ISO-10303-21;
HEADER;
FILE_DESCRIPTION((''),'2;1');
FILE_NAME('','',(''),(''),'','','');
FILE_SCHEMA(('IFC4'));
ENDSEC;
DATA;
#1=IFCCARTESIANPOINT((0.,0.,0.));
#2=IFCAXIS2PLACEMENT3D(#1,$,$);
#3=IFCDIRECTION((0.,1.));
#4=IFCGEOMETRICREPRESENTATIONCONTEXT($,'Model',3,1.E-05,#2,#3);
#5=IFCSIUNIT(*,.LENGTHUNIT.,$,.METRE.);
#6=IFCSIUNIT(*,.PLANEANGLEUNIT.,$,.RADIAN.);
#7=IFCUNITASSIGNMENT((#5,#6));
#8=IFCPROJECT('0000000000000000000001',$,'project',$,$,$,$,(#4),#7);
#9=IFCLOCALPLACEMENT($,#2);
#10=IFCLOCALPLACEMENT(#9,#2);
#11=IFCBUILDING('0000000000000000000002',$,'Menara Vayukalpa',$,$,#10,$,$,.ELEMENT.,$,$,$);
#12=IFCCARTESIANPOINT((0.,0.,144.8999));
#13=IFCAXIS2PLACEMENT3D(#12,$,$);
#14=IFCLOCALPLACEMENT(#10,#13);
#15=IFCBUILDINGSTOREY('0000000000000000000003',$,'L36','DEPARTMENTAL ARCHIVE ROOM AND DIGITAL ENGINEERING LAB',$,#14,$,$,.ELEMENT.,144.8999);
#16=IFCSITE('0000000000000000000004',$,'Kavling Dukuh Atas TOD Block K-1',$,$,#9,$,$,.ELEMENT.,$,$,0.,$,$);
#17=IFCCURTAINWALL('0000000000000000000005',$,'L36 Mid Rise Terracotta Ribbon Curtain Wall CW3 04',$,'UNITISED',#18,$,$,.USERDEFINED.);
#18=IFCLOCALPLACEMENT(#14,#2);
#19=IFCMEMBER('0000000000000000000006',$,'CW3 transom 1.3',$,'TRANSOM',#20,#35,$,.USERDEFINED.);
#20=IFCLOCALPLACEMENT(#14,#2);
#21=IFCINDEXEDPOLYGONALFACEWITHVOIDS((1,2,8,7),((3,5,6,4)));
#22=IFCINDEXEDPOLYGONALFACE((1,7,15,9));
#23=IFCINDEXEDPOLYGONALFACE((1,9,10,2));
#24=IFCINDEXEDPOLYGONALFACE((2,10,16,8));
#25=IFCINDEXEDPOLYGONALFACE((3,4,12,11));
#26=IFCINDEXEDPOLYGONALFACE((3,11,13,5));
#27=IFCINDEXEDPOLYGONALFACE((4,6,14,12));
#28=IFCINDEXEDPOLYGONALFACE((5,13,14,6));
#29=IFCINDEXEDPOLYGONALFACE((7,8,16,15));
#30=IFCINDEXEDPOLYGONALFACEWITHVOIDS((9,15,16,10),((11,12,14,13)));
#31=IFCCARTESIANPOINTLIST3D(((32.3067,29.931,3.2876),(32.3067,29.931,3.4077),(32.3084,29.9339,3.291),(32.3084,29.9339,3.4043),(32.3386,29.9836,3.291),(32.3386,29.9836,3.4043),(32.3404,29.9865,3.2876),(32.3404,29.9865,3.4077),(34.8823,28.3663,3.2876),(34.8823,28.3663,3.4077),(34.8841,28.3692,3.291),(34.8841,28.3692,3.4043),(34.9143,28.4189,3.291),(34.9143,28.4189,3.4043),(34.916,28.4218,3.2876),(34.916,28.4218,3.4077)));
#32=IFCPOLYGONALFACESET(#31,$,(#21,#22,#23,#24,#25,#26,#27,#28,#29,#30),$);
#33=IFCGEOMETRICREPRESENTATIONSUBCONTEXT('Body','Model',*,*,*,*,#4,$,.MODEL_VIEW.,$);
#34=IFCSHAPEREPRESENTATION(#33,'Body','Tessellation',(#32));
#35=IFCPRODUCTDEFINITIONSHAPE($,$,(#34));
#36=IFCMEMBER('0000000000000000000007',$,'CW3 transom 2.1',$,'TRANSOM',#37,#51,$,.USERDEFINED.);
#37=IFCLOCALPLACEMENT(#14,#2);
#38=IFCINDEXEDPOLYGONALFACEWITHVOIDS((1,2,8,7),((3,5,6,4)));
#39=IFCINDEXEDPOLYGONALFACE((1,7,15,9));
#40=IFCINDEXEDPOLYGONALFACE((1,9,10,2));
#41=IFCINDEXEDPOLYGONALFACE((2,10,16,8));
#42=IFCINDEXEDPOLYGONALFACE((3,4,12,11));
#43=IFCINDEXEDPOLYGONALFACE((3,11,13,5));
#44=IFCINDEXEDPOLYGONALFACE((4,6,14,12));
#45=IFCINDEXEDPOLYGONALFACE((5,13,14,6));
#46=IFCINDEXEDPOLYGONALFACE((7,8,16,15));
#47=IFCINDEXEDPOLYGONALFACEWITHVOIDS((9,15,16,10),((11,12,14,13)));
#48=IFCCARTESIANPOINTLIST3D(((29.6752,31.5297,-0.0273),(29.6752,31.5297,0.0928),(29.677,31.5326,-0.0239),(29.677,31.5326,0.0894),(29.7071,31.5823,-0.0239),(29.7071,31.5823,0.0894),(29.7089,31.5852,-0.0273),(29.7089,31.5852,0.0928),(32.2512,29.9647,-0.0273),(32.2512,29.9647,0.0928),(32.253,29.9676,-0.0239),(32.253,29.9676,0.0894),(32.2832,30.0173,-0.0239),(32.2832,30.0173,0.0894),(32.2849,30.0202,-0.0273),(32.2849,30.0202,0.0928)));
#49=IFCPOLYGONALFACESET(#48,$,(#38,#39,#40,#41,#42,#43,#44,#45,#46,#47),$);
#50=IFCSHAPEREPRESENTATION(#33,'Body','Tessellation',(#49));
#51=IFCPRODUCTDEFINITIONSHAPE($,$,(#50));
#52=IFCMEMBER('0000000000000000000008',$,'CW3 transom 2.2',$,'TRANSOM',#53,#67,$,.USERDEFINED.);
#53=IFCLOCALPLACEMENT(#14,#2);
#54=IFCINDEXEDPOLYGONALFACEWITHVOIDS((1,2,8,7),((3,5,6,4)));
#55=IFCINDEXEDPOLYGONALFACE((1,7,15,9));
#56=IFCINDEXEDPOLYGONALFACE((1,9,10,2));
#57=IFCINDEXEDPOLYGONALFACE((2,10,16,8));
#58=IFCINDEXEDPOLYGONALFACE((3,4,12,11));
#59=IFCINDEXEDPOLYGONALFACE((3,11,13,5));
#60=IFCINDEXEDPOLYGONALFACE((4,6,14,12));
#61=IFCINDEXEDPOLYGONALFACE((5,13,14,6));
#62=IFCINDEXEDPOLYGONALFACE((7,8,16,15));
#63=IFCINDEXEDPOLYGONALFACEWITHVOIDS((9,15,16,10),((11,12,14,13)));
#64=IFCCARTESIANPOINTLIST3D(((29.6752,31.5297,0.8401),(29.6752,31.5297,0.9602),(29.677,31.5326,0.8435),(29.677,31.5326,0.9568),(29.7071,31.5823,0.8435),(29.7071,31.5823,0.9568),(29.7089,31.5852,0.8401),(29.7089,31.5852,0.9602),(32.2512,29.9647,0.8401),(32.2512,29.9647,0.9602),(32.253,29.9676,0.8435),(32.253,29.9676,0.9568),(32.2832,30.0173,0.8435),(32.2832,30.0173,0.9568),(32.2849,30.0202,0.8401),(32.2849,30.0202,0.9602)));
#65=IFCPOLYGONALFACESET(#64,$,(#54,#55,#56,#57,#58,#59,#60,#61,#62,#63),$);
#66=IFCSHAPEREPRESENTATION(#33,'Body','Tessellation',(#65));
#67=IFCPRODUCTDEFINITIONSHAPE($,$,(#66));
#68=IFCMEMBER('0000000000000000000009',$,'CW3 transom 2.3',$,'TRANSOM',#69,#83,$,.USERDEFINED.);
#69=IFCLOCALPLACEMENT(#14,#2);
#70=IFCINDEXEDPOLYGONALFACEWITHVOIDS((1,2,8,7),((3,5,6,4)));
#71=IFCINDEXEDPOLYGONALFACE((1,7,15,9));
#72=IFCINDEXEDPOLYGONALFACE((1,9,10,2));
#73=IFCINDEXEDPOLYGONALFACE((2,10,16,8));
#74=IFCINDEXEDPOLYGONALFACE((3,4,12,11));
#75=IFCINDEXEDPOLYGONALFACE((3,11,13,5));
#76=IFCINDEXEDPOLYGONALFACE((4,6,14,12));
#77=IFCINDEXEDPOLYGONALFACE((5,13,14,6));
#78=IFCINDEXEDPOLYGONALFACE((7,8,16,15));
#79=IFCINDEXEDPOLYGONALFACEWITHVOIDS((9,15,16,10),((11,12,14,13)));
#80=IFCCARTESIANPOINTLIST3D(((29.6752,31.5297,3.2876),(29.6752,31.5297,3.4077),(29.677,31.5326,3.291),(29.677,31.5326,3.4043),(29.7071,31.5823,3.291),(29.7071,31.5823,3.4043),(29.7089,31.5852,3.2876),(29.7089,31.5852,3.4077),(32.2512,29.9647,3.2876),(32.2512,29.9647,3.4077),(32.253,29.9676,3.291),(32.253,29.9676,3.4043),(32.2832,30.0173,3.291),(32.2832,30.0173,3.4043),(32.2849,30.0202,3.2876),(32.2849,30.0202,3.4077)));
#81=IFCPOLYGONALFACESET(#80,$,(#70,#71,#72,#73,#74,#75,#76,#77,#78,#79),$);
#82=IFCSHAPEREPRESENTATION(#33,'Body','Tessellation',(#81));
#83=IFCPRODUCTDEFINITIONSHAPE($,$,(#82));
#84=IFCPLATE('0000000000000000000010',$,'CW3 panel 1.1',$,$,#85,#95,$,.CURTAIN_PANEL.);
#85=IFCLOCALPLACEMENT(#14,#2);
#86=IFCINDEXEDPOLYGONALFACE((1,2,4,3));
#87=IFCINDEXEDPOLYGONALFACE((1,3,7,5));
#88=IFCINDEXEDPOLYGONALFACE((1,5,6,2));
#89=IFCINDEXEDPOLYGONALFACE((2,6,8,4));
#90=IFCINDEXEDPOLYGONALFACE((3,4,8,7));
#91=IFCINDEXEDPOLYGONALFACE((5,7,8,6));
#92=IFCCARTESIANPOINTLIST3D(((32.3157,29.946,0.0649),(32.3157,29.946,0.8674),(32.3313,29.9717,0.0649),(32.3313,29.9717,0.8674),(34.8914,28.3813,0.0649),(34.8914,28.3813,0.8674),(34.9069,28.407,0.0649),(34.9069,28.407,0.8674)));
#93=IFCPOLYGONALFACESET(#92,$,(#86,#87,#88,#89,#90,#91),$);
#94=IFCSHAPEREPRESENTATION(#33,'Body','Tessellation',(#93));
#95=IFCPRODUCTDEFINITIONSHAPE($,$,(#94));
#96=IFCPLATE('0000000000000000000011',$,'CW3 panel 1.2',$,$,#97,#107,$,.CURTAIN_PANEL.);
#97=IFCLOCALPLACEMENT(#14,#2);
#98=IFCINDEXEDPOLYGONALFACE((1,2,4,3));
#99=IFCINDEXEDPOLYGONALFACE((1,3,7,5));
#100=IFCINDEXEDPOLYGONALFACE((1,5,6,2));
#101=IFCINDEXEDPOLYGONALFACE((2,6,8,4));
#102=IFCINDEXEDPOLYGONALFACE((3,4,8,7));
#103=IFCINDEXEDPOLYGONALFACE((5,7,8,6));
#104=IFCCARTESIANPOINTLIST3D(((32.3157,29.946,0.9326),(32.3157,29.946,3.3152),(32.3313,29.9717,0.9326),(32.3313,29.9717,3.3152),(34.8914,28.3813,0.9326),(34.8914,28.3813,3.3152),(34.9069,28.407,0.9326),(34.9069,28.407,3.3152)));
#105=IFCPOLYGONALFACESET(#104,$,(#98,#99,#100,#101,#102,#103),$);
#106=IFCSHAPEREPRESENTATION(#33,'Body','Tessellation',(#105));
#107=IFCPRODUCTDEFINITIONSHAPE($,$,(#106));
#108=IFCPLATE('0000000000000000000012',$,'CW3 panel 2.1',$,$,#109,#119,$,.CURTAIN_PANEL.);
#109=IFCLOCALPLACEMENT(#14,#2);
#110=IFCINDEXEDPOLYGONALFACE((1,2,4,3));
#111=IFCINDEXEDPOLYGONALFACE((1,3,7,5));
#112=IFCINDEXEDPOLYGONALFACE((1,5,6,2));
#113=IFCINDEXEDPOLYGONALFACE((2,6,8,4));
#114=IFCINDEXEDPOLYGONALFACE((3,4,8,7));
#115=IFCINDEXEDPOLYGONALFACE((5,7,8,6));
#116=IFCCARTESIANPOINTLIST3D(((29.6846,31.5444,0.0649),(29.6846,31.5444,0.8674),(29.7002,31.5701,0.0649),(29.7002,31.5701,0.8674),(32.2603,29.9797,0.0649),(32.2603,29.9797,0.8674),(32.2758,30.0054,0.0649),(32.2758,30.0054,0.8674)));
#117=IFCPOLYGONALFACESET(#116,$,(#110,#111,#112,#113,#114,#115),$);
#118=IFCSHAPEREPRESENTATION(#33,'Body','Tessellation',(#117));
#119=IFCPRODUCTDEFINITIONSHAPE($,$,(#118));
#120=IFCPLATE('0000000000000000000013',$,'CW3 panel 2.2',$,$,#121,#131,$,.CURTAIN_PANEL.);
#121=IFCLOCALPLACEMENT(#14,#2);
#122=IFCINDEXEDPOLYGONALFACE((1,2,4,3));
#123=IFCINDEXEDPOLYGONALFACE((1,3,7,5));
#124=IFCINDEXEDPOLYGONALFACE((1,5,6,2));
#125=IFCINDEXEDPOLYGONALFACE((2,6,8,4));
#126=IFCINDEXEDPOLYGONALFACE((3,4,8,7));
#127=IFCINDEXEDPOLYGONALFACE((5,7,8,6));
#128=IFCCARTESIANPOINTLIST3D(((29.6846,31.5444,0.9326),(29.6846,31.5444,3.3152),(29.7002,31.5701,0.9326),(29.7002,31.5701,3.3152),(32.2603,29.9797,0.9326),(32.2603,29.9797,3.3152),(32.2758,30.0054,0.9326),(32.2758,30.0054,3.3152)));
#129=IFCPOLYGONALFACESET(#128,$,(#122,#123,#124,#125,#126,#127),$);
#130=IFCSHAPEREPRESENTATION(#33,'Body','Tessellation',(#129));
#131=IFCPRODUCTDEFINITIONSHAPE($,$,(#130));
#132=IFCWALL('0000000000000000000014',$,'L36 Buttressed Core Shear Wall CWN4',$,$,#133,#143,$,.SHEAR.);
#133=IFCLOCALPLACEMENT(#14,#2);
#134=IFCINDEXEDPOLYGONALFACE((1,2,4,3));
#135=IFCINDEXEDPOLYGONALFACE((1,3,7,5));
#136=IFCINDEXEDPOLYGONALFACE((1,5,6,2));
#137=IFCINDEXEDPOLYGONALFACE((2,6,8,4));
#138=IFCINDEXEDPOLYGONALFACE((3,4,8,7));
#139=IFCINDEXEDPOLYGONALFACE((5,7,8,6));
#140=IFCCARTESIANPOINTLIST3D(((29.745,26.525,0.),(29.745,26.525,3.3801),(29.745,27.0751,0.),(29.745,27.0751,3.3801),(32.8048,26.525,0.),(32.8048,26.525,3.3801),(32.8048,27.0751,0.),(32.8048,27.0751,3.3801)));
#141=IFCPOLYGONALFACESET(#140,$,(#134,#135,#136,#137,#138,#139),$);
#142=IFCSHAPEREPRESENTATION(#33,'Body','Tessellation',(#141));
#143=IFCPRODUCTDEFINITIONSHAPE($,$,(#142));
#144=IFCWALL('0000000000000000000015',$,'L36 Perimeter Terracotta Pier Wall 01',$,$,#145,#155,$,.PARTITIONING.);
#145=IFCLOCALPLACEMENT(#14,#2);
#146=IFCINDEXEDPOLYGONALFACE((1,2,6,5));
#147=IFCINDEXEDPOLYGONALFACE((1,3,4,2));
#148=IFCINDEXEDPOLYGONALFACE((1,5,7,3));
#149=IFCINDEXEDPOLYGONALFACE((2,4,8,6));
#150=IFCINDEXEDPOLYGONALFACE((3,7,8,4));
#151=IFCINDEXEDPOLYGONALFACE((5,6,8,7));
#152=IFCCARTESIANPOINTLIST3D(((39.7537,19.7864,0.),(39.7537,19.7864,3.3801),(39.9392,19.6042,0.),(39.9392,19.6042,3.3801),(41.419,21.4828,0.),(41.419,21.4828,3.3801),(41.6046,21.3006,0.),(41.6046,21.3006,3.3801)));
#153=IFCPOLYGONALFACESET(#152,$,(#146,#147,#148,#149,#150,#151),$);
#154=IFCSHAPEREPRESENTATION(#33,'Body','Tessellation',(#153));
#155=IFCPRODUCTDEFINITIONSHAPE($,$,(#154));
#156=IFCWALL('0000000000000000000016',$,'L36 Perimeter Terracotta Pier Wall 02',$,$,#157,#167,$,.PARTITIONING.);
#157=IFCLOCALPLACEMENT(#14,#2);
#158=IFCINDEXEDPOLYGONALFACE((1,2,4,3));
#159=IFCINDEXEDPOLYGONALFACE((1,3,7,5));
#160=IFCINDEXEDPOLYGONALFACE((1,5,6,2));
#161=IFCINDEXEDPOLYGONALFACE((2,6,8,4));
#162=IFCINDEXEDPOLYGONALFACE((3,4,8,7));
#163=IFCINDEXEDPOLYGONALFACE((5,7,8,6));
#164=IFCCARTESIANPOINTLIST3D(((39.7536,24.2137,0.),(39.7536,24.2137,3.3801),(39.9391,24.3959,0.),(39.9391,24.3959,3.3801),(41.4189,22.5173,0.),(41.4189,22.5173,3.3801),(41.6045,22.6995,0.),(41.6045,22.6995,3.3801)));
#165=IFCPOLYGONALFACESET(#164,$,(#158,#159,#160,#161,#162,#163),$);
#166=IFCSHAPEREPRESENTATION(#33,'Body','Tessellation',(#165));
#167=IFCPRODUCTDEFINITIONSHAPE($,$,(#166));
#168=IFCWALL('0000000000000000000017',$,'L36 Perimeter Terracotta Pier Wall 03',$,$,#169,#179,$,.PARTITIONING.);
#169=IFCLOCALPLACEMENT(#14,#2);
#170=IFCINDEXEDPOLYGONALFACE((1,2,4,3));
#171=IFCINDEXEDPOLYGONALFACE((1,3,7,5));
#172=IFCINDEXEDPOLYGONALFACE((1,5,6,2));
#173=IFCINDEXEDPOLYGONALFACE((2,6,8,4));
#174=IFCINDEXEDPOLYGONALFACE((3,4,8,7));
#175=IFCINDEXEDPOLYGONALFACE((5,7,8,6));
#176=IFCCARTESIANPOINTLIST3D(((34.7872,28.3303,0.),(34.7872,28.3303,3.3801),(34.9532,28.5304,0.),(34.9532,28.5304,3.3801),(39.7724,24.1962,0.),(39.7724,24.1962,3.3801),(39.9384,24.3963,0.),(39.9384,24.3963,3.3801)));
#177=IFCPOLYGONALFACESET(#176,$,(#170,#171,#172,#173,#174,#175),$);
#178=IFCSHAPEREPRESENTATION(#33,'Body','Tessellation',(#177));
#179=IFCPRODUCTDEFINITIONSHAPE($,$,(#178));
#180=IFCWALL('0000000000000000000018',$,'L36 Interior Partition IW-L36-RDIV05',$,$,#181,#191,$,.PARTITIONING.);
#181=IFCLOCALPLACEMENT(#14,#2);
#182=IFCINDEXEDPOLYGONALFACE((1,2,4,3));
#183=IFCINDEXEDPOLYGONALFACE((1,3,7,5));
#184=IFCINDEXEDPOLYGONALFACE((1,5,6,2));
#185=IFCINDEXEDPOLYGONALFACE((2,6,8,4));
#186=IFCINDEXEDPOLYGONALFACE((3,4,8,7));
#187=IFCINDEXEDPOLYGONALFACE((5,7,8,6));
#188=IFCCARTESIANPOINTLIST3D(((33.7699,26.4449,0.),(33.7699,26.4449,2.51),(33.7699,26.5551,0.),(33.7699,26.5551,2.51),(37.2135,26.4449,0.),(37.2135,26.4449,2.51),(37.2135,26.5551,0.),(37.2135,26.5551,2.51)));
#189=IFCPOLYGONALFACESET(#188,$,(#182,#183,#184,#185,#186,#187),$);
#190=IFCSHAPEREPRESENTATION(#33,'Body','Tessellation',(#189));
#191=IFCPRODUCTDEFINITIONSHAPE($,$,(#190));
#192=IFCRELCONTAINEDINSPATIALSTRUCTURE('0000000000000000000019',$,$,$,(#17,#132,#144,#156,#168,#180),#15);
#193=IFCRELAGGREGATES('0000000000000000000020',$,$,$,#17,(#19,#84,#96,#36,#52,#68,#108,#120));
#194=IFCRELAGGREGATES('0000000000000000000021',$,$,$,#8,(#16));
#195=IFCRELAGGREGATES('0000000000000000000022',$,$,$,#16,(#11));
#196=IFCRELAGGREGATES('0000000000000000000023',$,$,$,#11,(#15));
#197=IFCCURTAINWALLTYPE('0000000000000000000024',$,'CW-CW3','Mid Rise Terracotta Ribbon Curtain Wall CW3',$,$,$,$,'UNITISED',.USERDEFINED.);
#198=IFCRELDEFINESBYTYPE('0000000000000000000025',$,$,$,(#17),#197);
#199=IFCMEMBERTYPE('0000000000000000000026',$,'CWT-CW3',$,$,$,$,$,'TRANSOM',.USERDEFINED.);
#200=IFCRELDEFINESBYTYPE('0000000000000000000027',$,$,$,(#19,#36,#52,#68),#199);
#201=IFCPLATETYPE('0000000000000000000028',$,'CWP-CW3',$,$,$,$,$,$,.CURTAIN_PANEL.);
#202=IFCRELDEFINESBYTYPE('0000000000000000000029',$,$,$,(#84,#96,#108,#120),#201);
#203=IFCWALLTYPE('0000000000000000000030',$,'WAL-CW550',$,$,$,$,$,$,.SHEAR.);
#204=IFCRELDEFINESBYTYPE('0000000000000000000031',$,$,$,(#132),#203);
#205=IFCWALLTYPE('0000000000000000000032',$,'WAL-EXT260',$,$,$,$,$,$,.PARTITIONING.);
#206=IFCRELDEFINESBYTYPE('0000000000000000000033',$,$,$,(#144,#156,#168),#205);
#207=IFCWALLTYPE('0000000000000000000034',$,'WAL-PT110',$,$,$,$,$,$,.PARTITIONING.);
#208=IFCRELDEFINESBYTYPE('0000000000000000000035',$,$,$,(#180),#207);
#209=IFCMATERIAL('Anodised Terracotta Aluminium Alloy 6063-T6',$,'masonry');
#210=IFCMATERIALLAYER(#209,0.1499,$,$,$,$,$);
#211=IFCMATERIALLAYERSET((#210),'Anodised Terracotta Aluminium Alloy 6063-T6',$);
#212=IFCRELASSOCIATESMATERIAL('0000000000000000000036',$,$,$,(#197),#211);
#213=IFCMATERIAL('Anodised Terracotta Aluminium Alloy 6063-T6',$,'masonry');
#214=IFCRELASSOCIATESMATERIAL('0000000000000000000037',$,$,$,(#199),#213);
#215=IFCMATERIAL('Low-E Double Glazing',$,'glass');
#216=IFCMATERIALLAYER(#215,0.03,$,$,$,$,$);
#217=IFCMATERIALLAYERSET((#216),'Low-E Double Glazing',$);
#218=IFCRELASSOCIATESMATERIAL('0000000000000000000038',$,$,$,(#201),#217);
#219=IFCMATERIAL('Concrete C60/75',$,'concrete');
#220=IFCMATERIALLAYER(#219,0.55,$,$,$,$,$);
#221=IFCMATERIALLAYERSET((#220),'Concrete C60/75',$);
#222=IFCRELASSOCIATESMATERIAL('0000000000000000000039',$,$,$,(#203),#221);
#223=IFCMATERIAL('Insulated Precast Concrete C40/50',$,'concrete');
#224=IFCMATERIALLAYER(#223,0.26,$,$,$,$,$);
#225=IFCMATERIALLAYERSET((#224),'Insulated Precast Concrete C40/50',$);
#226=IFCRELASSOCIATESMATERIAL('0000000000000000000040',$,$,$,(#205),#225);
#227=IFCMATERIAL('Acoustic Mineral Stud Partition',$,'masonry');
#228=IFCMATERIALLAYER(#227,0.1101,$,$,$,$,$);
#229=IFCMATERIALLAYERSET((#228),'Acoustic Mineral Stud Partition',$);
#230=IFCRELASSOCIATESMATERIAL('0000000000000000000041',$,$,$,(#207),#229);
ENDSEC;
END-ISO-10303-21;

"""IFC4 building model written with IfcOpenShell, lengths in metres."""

from ifc_helpers import new_model, si_unit, direction, frame, frame_2d, origin, origin_2d, place, context, subcontext, project, spatial, rectangle, hollow_rectangle, extrude, material, layer, layer_set, material_profile, profile_set, type_object, element, aggregate, save


model = new_model("IFC4")

# Units and contexts
model_context = context("Model", 3, precision=1e-05, world=origin(), true_north=direction((0.0, 1.0)))
body_context = subcontext(model_context, "Body", "Model", "MODEL_VIEW")
ifc_project = project(units=[si_unit("LENGTHUNIT", "METRE"), si_unit("PLANEANGLEUNIT", "RADIAN")], contexts=[model_context])

# Site, building, storey
site_placement = place(None, origin())
site = spatial("IfcSite", under=ifc_project, at=site_placement, Name="Kavling Dukuh Atas TOD Block K-1", CompositionType="ELEMENT", RefElevation=0.0)
building_placement = place(site_placement, origin())
building = spatial("IfcBuilding", under=site, at=building_placement, Name="Menara Vayukalpa", CompositionType="ELEMENT")
storey_placement = place(building_placement, frame((0.0, 0.0, 144.8999)))
storey = spatial("IfcBuildingStorey", under=building, at=storey_placement, Name="L36", Description="DEPARTMENTAL ARCHIVE ROOM AND DIGITAL ENGINEERING LAB", CompositionType="ELEMENT", Elevation=144.8999)

# Curtain wall
ifc_material_1 = material(Name="Anodised Terracotta Aluminium Alloy 6063-T6", Category="masonry")
ifc_layer_1 = layer(ifc_material_1, 0.1499)
ifc_layer_set_1 = layer_set([ifc_layer_1], Name="Anodised Terracotta Aluminium Alloy 6063-T6")
curtain_wall_type = type_object("IfcCurtainWallType", Name="CW-CW3", Description="Mid Rise Terracotta Ribbon Curtain Wall CW3", ElementType="UNITISED", PredefinedType="USERDEFINED", material=ifc_layer_set_1)
curtain_wall_1_placement = place(storey_placement, origin())
curtain_wall_1 = element("IfcCurtainWall", 1, at=curtain_wall_1_placement, inside=storey, type_object=curtain_wall_type, Name="L36 Mid Rise Terracotta Ribbon Curtain Wall CW3 04", ObjectType="UNITISED", PredefinedType="USERDEFINED")

# Members
ifc_material_2 = material(Name="Anodised Terracotta Aluminium Alloy 6063-T6", Category="masonry")
ifc_material_profile_1 = material_profile(ifc_material_2, hollow_rectangle(XDim=0.0649, YDim=0.1201, WallThickness=0.0034, at=origin_2d()), Name="ALU 65x120x3.5")
ifc_profile_set_1 = profile_set([ifc_material_profile_1], Name="Anodised Terracotta Aluminium Alloy 6063-T6")
member_type_1 = type_object("IfcMemberType", Name="CWT-CW3", ElementType="TRANSOM", PredefinedType="USERDEFINED", material=ifc_profile_set_1)
member_1_placement = place(storey_placement, frame((34.8992, 28.394, 3.3477), z_axis=(-0.854657, 0.519194, 0.0), x_axis=(-0.519194, -0.854657, 0.0)))
member_1 = element("IfcMember", 2, at=member_1_placement, type_object=member_type_1, Name="CW3 transom 1.3", ObjectType="TRANSOM", PredefinedType="USERDEFINED", context=body_context, shape_type="SweptSolid", body=[
    extrude(hollow_rectangle(XDim=0.0649, YDim=0.1201, WallThickness=0.0034, at=origin_2d()), origin(), (0.0, 0.0, 1.0), 3.0137),
])
member_2_placement = place(storey_placement, frame((32.2681, 29.9924, 0.0327), z_axis=(-0.854642, 0.519217, 0.0), x_axis=(-0.519217, -0.854642, 0.0)))
member_2 = element("IfcMember", 3, at=member_2_placement, type_object=member_type_1, Name="CW3 transom 2.1", ObjectType="TRANSOM", PredefinedType="USERDEFINED", context=body_context, shape_type="SweptSolid", body=[
    extrude(hollow_rectangle(XDim=0.0649, YDim=0.1201, WallThickness=0.0034, at=origin_2d()), origin(), (0.0, 0.0, 1.0), 3.0142),
])
member_3_placement = place(storey_placement, frame((32.2681, 29.9924, 0.9001), z_axis=(-0.854642, 0.519217, 0.0), x_axis=(-0.519217, -0.854642, 0.0)))
member_3 = element("IfcMember", 4, at=member_3_placement, type_object=member_type_1, Name="CW3 transom 2.2", ObjectType="TRANSOM", PredefinedType="USERDEFINED", context=body_context, shape_type="SweptSolid", body=[
    extrude(hollow_rectangle(XDim=0.0649, YDim=0.1201, WallThickness=0.0034, at=origin_2d()), origin(), (0.0, 0.0, 1.0), 3.0142),
])
member_4_placement = place(storey_placement, frame((32.2681, 29.9924, 3.3477), z_axis=(-0.854642, 0.519217, 0.0), x_axis=(-0.519217, -0.854642, 0.0)))
member_4 = element("IfcMember", 5, at=member_4_placement, type_object=member_type_1, Name="CW3 transom 2.3", ObjectType="TRANSOM", PredefinedType="USERDEFINED", context=body_context, shape_type="SweptSolid", body=[
    extrude(hollow_rectangle(XDim=0.0649, YDim=0.1201, WallThickness=0.0034, at=origin_2d()), origin(), (0.0, 0.0, 1.0), 3.0142),
])

# Plates
ifc_material_3 = material(Name="Low-E Double Glazing", Category="glass")
ifc_layer_2 = layer(ifc_material_3, 0.03)
ifc_layer_set_2 = layer_set([ifc_layer_2], Name="Low-E Double Glazing")
plate_type = type_object("IfcPlateType", Name="CWP-CW3", PredefinedType="CURTAIN_PANEL", material=ifc_layer_set_2)
plate_1_placement = place(storey_placement, frame((33.6113, 29.1765, 0.0649), z_axis=(0.0, 0.0, 1.0), x_axis=(-0.854655, 0.519196, 0.0)))
plate_1 = element("IfcPlate", 6, at=plate_1_placement, type_object=plate_type, Name="CW3 panel 1.1", PredefinedType="CURTAIN_PANEL", context=body_context, shape_type="SweptSolid", body=[
    extrude(rectangle(XDim=3.0137, YDim=0.03, at=origin_2d()), origin(), (0.0, 0.0, 1.0), 0.8025),
])
plate_2_placement = place(storey_placement, frame((33.6113, 29.1765, 0.9326), z_axis=(0.0, 0.0, 1.0), x_axis=(-0.854655, 0.519196, 0.0)))
plate_2 = element("IfcPlate", 7, at=plate_2_placement, type_object=plate_type, Name="CW3 panel 1.2", PredefinedType="CURTAIN_PANEL", context=body_context, shape_type="SweptSolid", body=[
    extrude(rectangle(XDim=3.0137, YDim=0.03, at=origin_2d()), origin(), (0.0, 0.0, 1.0), 2.3826),
])
plate_3_placement = place(storey_placement, frame((30.9802, 30.7749, 0.0649), z_axis=(0.0, 0.0, 1.0), x_axis=(-0.854655, 0.519196, 0.0)))
plate_3 = element("IfcPlate", 8, at=plate_3_placement, type_object=plate_type, Name="CW3 panel 2.1", PredefinedType="CURTAIN_PANEL", context=body_context, shape_type="SweptSolid", body=[
    extrude(rectangle(XDim=3.0137, YDim=0.03, at=origin_2d()), origin(), (0.0, 0.0, 1.0), 0.8025),
])
plate_4_placement = place(storey_placement, frame((30.9802, 30.7749, 0.9326), z_axis=(0.0, 0.0, 1.0), x_axis=(-0.854655, 0.519196, 0.0)))
plate_4 = element("IfcPlate", 9, at=plate_4_placement, type_object=plate_type, Name="CW3 panel 2.2", PredefinedType="CURTAIN_PANEL", context=body_context, shape_type="SweptSolid", body=[
    extrude(rectangle(XDim=3.0137, YDim=0.03, at=origin_2d()), origin(), (0.0, 0.0, 1.0), 2.3826),
])
aggregate(curtain_wall_1, [member_1, plate_1, plate_2, member_2, member_3, member_4, plate_3, plate_4])

# Walls
ifc_material_4 = material(Name="Concrete C60/75", Category="concrete")
ifc_layer_3 = layer(ifc_material_4, 0.55)
ifc_layer_set_3 = layer_set([ifc_layer_3], Name="Concrete C60/75")
wall_type_1 = type_object("IfcWallType", Name="WAL-CW550", PredefinedType="SHEAR", material=ifc_layer_set_3)
wall_1_placement = place(storey_placement, frame((29.7451, 26.8, 0.0), z_axis=(0.0, 0.0, 1.0), x_axis=(1.0, 0.0, 0.0)))
element("IfcWall", 10, at=wall_1_placement, inside=storey, type_object=wall_type_1, Name="L36 Buttressed Core Shear Wall CWN4", PredefinedType="SHEAR", context=body_context, shape_type="SweptSolid", body=[
    extrude(rectangle(XDim=3.0598, YDim=0.55, at=frame_2d((1.5298, 0.0))), origin(), (0.0, 0.0, 1.0), 3.3801),
])
ifc_material_5 = material(Name="Insulated Precast Concrete C40/50", Category="concrete")
ifc_layer_4 = layer(ifc_material_5, 0.26)
ifc_layer_set_4 = layer_set([ifc_layer_4], Name="Insulated Precast Concrete C40/50")
wall_type_2 = type_object("IfcWallType", Name="WAL-EXT260", PredefinedType="PARTITIONING", material=ifc_layer_set_4)
for number, where, z_axis, x_axis, name in (
    (11, (41.5117, 21.3916, 0.0), (0.0, 0.0, 1.0), (-0.700555, -0.713599, 0.0), "L36 Perimeter Terracotta Pier Wall 01"),
    (12, (39.8464, 24.3047, 0.0), (0.0, 0.0, 1.0), (0.700555, -0.713599, 0.0), "L36 Perimeter Terracotta Pier Wall 02"),
):
    element("IfcWall", number, at=place(storey_placement, frame(where, z_axis=z_axis, x_axis=x_axis)), inside=storey, type_object=wall_type_2, Name=name, PredefinedType="PARTITIONING", context=body_context, shape_type="SweptSolid", body=[
        extrude(rectangle(XDim=2.3772, YDim=0.26, at=frame_2d((1.1885, 0.0))), origin(), (0.0, 0.0, 1.0), 3.3801),
    ])
wall_2_placement = place(storey_placement, frame((34.8701, 28.4304, 0.0), z_axis=(0.0, 0.0, 1.0), x_axis=(0.769755, -0.63834, 0.0)))
element("IfcWall", 13, at=wall_2_placement, inside=storey, type_object=wall_type_2, Name="L36 Perimeter Terracotta Pier Wall 03", PredefinedType="PARTITIONING", context=body_context, shape_type="SweptSolid", body=[
    extrude(rectangle(XDim=6.4763, YDim=0.26, at=frame_2d((3.2383, 0.0))), origin(), (0.0, 0.0, 1.0), 3.3801),
])
ifc_material_6 = material(Name="Acoustic Mineral Stud Partition", Category="masonry")
ifc_layer_5 = layer(ifc_material_6, 0.1101)
ifc_layer_set_5 = layer_set([ifc_layer_5], Name="Acoustic Mineral Stud Partition")
wall_type_3 = type_object("IfcWallType", Name="WAL-PT110", PredefinedType="PARTITIONING", material=ifc_layer_set_5)
wall_3_placement = place(storey_placement, frame((33.77, 26.5, 0.0), z_axis=(0.0, 0.0, 1.0), x_axis=(1.0, 0.0, 0.0)))
element("IfcWall", 14, at=wall_3_placement, inside=storey, type_object=wall_type_3, Name="L36 Interior Partition IW-L36-RDIV05", PredefinedType="PARTITIONING", context=body_context, shape_type="SweptSolid", body=[
    extrude(rectangle(XDim=3.4436, YDim=0.1101, at=frame_2d((1.7217, 0.0))), origin(), (0.0, 0.0, 1.0), 2.51),
])

save(model, "model.ifc")
